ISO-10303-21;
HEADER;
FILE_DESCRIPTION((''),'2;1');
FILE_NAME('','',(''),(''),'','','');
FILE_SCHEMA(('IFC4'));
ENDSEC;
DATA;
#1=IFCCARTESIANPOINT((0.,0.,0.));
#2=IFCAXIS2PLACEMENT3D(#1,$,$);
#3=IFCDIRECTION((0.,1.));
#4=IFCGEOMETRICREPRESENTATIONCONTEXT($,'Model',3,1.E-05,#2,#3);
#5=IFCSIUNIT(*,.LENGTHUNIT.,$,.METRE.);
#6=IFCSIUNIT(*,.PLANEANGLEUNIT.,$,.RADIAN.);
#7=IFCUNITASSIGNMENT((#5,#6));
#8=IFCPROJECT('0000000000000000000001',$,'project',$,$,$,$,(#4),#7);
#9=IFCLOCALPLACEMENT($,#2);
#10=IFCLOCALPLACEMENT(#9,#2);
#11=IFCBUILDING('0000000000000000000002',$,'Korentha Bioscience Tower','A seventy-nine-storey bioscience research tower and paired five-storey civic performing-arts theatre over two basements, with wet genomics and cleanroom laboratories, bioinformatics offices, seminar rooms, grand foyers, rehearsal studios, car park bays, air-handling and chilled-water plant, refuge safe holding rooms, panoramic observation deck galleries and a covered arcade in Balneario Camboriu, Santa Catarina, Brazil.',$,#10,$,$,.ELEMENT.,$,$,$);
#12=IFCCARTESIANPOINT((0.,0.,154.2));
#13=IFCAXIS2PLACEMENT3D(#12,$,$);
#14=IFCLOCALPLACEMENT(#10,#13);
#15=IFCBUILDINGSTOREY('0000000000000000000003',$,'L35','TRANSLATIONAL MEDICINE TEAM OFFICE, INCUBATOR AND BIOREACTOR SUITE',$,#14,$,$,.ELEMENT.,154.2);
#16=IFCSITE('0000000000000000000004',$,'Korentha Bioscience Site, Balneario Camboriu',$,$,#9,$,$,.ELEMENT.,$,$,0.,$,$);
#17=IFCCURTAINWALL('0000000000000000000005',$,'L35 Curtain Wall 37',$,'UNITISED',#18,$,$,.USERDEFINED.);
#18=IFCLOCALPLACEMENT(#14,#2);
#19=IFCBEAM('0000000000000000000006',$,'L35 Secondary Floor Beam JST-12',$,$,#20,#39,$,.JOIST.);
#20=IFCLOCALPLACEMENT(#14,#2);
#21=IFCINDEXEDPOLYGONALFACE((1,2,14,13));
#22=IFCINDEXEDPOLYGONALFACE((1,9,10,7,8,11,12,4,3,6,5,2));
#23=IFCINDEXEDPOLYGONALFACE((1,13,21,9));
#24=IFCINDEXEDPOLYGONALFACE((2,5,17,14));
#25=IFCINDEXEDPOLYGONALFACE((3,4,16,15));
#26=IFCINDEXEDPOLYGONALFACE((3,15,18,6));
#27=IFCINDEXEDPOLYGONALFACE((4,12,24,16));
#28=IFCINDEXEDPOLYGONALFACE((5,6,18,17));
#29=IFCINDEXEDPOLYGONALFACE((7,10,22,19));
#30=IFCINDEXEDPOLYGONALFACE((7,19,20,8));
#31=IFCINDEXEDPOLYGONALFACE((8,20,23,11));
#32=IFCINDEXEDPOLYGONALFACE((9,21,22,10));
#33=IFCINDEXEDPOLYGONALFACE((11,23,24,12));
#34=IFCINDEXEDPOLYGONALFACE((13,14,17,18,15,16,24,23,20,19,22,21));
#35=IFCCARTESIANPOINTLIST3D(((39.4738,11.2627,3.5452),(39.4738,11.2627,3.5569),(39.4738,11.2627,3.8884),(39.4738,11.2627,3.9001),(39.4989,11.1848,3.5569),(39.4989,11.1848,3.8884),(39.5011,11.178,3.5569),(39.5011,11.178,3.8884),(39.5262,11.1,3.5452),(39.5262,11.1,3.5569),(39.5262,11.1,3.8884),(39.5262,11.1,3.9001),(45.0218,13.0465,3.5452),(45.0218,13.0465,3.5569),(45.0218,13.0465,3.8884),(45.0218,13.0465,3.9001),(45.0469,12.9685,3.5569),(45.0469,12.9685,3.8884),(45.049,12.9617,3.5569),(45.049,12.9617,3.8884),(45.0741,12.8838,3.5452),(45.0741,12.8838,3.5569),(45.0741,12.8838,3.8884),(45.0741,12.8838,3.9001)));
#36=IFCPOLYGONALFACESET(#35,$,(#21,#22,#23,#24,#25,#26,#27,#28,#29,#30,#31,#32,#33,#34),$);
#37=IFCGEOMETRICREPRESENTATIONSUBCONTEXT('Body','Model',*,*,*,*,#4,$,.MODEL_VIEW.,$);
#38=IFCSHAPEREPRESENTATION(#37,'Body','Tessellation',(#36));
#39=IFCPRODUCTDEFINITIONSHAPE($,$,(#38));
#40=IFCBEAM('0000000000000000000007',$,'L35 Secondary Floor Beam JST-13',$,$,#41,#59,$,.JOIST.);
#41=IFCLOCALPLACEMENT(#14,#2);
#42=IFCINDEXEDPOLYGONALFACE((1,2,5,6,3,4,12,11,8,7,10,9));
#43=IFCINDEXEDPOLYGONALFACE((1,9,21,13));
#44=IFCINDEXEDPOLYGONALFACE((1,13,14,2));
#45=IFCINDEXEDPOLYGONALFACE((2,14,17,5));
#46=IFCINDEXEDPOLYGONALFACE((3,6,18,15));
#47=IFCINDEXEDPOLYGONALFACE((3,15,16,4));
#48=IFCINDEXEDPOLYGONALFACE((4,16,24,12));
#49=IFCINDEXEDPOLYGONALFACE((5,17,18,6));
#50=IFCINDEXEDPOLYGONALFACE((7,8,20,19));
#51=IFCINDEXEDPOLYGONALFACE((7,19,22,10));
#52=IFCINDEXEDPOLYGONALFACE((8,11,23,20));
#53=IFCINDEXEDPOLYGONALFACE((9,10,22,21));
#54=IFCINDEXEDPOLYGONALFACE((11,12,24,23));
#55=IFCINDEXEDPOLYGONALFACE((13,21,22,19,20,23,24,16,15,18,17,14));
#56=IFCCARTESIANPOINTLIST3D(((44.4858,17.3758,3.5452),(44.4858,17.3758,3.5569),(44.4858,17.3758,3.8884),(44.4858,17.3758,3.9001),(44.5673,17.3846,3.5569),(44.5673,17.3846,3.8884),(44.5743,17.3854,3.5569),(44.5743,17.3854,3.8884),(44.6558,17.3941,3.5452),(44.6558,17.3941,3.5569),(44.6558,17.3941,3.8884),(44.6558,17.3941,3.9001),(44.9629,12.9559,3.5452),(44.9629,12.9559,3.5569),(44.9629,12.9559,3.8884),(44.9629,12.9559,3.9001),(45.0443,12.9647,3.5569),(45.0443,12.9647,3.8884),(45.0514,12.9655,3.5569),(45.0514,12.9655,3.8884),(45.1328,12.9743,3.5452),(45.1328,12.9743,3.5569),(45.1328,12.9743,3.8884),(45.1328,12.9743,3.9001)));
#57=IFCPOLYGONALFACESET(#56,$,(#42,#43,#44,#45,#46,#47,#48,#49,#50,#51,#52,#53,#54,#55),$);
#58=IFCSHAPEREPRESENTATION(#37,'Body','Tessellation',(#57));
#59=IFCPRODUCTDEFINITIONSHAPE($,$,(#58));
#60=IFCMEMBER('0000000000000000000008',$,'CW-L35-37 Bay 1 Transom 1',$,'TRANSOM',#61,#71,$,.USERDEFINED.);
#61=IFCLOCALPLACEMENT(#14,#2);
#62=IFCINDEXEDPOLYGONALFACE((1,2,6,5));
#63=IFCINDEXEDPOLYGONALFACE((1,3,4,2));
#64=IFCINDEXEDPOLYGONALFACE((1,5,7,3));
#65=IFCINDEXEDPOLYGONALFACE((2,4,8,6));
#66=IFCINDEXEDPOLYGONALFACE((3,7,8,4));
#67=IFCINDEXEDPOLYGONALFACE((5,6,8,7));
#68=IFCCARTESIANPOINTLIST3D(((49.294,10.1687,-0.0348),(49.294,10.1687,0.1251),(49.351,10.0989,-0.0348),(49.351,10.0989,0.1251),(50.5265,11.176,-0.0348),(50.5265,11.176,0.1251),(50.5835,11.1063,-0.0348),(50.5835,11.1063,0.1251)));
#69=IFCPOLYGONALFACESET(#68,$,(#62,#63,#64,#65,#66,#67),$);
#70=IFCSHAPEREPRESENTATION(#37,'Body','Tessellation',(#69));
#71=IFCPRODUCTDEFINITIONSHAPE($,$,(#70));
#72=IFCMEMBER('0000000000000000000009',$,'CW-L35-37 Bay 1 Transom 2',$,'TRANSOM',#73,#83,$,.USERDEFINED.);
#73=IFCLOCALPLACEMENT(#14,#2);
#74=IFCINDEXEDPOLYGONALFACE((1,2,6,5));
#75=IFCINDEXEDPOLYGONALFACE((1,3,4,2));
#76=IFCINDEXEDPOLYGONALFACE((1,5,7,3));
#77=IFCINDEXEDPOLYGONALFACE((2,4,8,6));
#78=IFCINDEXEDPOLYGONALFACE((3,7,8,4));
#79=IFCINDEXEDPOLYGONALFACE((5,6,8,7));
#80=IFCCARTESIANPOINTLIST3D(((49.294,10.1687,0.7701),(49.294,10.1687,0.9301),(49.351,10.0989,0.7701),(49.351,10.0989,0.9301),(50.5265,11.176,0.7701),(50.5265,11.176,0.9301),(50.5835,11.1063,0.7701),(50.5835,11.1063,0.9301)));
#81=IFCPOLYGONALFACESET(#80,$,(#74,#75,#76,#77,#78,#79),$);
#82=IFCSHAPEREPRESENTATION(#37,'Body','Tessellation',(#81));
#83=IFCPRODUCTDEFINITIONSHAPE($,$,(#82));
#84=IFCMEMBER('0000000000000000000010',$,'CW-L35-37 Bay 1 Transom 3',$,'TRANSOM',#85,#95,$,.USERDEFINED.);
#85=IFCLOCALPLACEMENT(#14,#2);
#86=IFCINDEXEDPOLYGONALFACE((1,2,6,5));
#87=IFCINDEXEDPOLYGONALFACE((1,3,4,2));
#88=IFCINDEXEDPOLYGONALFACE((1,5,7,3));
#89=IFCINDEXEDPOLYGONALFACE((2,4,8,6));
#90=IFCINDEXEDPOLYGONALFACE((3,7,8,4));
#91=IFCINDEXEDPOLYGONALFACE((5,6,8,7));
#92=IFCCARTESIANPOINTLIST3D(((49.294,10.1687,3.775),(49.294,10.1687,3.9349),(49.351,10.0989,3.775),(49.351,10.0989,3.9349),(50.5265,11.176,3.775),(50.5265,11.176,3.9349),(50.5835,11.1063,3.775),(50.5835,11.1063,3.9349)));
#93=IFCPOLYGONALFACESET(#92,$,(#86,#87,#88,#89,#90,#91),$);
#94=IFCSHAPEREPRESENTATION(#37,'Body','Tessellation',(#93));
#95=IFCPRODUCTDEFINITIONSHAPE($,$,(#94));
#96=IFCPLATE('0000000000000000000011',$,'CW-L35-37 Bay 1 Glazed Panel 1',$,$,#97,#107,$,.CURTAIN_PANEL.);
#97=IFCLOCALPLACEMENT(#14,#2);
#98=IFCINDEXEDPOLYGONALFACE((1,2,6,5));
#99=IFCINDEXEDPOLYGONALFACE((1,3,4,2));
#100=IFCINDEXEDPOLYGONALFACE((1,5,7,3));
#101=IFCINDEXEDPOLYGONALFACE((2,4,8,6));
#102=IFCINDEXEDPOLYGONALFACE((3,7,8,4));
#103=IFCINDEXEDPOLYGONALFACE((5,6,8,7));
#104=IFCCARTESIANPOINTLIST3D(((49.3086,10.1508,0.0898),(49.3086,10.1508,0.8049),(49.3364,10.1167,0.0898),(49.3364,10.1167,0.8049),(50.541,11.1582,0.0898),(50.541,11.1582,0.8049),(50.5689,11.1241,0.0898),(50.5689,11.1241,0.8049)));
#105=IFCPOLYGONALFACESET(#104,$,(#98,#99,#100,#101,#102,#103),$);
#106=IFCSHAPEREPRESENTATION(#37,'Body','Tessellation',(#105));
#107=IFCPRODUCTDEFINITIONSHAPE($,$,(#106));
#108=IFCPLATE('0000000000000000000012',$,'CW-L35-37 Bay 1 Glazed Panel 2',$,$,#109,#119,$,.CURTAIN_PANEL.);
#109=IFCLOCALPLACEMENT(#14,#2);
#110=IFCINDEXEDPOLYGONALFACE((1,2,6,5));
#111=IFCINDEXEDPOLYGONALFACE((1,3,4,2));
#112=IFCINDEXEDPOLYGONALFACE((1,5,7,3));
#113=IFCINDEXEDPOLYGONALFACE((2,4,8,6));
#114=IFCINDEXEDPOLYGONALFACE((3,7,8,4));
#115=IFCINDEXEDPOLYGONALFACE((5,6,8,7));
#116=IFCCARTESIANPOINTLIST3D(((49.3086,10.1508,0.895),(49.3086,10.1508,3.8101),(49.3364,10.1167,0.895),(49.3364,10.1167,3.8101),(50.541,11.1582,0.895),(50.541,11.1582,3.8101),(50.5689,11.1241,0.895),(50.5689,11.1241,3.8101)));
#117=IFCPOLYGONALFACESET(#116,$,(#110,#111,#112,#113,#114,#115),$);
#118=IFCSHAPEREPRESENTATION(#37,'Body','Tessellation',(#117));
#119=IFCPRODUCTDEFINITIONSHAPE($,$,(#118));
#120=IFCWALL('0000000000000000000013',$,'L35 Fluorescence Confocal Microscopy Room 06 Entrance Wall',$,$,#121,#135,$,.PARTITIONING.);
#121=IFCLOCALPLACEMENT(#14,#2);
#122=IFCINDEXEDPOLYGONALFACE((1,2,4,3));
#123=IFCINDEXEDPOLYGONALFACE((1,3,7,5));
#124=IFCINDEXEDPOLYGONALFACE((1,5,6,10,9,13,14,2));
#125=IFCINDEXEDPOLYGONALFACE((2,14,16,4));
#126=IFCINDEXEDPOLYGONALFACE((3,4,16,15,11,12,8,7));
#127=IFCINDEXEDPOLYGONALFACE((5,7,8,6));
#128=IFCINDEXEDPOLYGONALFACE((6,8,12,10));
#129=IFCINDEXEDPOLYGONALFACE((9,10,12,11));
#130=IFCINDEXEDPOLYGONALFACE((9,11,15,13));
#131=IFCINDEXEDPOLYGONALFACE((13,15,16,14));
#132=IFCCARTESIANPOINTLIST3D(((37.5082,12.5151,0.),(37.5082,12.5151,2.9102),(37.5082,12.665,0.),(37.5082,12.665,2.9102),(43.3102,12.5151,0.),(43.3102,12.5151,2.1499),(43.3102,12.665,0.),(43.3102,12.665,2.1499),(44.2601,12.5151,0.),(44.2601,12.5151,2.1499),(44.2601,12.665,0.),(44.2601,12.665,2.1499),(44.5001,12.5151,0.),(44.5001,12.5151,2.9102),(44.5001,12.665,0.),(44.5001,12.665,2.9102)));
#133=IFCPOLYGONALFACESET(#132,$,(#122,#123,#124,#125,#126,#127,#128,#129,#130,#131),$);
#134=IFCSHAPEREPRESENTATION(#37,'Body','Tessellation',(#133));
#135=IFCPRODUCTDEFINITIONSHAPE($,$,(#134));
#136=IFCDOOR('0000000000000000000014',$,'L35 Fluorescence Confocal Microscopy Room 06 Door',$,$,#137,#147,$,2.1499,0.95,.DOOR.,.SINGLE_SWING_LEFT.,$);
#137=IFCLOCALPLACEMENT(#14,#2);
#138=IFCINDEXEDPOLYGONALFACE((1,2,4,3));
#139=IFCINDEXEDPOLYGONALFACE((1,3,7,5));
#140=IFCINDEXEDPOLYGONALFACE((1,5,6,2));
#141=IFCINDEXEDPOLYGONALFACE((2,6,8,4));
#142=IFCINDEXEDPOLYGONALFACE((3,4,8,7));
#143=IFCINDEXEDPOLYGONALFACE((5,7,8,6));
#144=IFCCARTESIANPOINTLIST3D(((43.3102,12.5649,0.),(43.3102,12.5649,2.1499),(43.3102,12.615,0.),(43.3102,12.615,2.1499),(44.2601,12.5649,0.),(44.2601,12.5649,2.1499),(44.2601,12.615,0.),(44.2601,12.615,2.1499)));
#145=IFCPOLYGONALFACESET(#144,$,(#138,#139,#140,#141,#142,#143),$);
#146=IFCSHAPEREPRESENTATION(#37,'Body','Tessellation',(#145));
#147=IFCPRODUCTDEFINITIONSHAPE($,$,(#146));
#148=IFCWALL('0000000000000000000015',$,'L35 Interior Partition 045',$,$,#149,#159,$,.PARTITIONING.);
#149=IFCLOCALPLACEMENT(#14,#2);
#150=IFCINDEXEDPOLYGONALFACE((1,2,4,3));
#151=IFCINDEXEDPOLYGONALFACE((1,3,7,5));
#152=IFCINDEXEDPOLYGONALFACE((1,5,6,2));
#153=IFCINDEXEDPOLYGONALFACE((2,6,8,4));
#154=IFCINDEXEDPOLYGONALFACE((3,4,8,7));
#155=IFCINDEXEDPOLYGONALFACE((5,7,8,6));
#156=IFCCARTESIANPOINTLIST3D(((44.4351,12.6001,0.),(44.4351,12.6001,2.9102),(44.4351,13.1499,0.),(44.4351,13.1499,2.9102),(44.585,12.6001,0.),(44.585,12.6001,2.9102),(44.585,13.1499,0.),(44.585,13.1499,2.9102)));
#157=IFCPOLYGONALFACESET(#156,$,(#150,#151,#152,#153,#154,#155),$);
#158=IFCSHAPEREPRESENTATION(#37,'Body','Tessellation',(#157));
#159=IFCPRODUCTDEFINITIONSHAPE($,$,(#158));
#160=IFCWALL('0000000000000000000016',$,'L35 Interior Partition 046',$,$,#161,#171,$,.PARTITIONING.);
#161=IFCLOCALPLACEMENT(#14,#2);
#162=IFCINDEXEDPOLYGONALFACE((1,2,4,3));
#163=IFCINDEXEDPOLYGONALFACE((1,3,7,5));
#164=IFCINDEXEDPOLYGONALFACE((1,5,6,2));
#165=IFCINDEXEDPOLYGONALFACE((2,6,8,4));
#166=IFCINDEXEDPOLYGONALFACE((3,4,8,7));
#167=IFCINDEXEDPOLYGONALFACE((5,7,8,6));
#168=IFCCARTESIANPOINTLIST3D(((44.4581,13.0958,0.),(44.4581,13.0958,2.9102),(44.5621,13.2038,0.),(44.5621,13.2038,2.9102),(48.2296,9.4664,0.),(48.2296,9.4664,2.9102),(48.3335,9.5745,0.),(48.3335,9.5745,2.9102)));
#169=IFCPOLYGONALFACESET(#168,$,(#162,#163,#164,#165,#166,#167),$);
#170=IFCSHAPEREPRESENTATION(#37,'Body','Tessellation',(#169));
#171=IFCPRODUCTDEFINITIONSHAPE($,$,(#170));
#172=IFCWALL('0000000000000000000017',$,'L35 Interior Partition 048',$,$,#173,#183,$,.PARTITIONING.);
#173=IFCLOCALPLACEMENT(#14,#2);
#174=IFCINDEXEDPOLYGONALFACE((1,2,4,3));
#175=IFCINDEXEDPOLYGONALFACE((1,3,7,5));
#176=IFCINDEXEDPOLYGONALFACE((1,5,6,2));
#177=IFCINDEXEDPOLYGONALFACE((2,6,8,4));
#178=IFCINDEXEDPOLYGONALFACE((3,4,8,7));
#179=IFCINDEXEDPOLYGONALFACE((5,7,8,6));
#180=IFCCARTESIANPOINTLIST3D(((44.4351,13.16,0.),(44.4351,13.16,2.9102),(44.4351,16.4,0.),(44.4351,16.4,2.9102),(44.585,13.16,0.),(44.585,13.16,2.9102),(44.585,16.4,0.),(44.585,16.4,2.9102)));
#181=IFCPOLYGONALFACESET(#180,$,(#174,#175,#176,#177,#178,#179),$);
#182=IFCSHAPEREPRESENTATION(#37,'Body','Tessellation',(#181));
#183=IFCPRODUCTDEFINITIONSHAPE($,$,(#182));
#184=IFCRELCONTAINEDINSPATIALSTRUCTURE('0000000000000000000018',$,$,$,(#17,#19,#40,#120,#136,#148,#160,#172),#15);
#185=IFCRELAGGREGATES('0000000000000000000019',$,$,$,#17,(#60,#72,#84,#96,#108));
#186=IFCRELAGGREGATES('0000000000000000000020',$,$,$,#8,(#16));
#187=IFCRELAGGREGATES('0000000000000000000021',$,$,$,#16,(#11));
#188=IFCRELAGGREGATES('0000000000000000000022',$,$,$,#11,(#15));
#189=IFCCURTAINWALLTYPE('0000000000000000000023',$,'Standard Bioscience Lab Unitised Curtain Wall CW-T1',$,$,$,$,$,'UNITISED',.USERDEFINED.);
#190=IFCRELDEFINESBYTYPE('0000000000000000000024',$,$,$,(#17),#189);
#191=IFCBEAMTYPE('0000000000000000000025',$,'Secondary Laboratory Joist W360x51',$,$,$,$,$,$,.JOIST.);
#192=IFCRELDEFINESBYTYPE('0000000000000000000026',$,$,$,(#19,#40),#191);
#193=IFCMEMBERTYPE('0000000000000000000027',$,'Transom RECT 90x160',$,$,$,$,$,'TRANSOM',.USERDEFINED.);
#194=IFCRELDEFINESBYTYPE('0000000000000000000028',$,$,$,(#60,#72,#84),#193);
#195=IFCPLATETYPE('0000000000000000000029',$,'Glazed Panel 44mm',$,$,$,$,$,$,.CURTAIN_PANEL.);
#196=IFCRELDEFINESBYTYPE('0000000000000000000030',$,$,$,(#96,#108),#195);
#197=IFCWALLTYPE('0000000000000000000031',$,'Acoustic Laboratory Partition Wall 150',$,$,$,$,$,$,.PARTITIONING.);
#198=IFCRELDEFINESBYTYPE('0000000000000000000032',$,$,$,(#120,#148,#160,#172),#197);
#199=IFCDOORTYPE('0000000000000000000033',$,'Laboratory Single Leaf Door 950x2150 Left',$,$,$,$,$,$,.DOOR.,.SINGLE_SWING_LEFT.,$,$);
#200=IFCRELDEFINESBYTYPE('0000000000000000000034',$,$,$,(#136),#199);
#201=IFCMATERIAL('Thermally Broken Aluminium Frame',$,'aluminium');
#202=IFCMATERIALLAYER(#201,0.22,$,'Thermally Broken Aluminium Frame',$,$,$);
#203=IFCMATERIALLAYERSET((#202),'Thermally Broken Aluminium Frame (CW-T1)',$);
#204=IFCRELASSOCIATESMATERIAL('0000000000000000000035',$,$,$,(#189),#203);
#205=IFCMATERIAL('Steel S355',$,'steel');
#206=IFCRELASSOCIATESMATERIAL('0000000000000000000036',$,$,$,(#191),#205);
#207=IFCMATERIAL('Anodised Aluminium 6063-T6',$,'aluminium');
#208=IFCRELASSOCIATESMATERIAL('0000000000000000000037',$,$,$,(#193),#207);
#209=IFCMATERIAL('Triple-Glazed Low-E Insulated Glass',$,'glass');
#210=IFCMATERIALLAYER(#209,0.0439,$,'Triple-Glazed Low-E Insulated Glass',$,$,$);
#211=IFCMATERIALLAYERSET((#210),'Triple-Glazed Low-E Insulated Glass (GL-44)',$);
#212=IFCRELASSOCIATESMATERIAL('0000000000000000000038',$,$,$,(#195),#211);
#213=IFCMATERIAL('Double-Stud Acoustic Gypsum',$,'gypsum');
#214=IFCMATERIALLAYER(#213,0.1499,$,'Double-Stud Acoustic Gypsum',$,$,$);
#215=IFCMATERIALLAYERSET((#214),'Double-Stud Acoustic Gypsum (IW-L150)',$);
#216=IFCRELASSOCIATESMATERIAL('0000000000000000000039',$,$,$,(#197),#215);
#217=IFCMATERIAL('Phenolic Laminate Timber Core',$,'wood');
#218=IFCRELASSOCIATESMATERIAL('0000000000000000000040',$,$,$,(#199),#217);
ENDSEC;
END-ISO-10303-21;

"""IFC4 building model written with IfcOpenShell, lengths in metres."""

from ifc_helpers import new_model, si_unit, direction, frame, frame_2d, origin, origin_2d, place, context, subcontext, project, spatial, rectangle, i_section, extrude, material, layer, layer_set, material_profile, profile_set, type_object, element, fill, aggregate, save


model = new_model("IFC4")

# Units and contexts
model_context = context("Model", 3, precision=1e-05, world=origin(), true_north=direction((0.0, 1.0)))
body_context = subcontext(model_context, "Body", "Model", "MODEL_VIEW")
ifc_project = project(units=[si_unit("LENGTHUNIT", "METRE"), si_unit("PLANEANGLEUNIT", "RADIAN")], contexts=[model_context])

# Site, building, storey
site_placement = place(None, origin())
site = spatial("IfcSite", under=ifc_project, at=site_placement, Name="Korentha Bioscience Site, Balneario Camboriu", CompositionType="ELEMENT", RefElevation=0.0)
building_placement = place(site_placement, origin())
building = spatial("IfcBuilding", under=site, at=building_placement, Name="Korentha Bioscience Tower", Description="A seventy-nine-storey bioscience research tower and paired five-storey civic performing-arts theatre over two basements, with wet genomics and cleanroom laboratories, bioinformatics offices, seminar rooms, grand foyers, rehearsal studios, car park bays, air-handling and chilled-water plant, refuge safe holding rooms, panoramic observation deck galleries and a covered arcade in Balneario Camboriu, Santa Catarina, Brazil.", CompositionType="ELEMENT")
storey_placement = place(building_placement, frame((0.0, 0.0, 154.2)))
storey = spatial("IfcBuildingStorey", under=building, at=storey_placement, Name="L35", Description="TRANSLATIONAL MEDICINE TEAM OFFICE, INCUBATOR AND BIOREACTOR SUITE", CompositionType="ELEMENT", Elevation=154.2)

# Curtain wall
ifc_material_1 = material(Name="Thermally Broken Aluminium Frame", Category="aluminium")
ifc_layer_1 = layer(ifc_material_1, 0.22, Name="Thermally Broken Aluminium Frame")
ifc_layer_set_1 = layer_set([ifc_layer_1], Name="Thermally Broken Aluminium Frame (CW-T1)")
curtain_wall_type = type_object("IfcCurtainWallType", Name="Standard Bioscience Lab Unitised Curtain Wall CW-T1", ElementType="UNITISED", PredefinedType="USERDEFINED", material=ifc_layer_set_1)
curtain_wall_placement = place(storey_placement, origin())
curtain_wall = element("IfcCurtainWall", 1, at=curtain_wall_placement, inside=storey, type_object=curtain_wall_type, Name="L35 Curtain Wall 37", ObjectType="UNITISED", PredefinedType="USERDEFINED")
ifc_material_2 = material(Name="Anodised Aluminium 6063-T6", Category="aluminium")

# Beams
ifc_material_3 = material(Name="Steel S355", Category="steel")
ifc_material_profile_1 = material_profile(ifc_material_3, i_section(OverallWidth=0.1709, OverallDepth=0.355, WebThickness=0.0071, FlangeThickness=0.0117, at=origin_2d()), Name="Steel S355")
ifc_profile_set_1 = profile_set([ifc_material_profile_1], Name="Steel S355 (JB-360)")
beam_type_1 = type_object("IfcBeamType", Name="Secondary Laboratory Joist W360x51", PredefinedType="JOIST", material=ifc_profile_set_1)
beam_1_placement = place(storey_placement, frame((39.5, 11.1814, 3.7227), z_axis=(0.952006, 0.30608, 0.0), x_axis=(-0.30608, 0.952006, 0.0)))
element("IfcBeam", 2, at=beam_1_placement, inside=storey, type_object=beam_type_1, Name="L35 Secondary Floor Beam JST-12", PredefinedType="JOIST", context=body_context, shape_type="SweptSolid", body=[
    extrude(i_section(OverallWidth=0.1709, OverallDepth=0.355, WebThickness=0.0071, FlangeThickness=0.0117, at=origin_2d()), origin(), (0.0, 0.0, 1.0), 5.8276),
])
beam_2_placement = place(storey_placement, frame((45.0479, 12.9651, 3.7227), z_axis=(-0.107309, 0.994226, 0.0), x_axis=(-0.994226, -0.107309, 0.0)))
element("IfcBeam", 3, at=beam_2_placement, inside=storey, type_object=beam_type_1, Name="L35 Secondary Floor Beam JST-13", PredefinedType="JOIST", context=body_context, shape_type="SweptSolid", body=[
    extrude(i_section(OverallWidth=0.1709, OverallDepth=0.355, WebThickness=0.0071, FlangeThickness=0.0117, at=origin_2d()), origin(), (0.0, 0.0, 1.0), 4.4456),
])

# Members
ifc_material_profile_2 = material_profile(ifc_material_2, rectangle(XDim=0.0901, YDim=0.1599, at=origin_2d()), Name="Anodised Aluminium 6063-T6")
ifc_profile_set_2 = profile_set([ifc_material_profile_2], Name="Anodised Aluminium 6063-T6 (CW-TRN)")
member_type_1 = type_object("IfcMemberType", Name="Transom RECT 90x160", ElementType="TRANSOM", PredefinedType="USERDEFINED", material=ifc_profile_set_2)
member_1_placement = place(storey_placement, frame((49.3225, 10.1338, 0.0452), z_axis=(0.774272, 0.632853, 0.0), x_axis=(-0.632853, 0.774272, 0.0)))
member_1 = element("IfcMember", 4, at=member_1_placement, type_object=member_type_1, Name="CW-L35-37 Bay 1 Transom 1", ObjectType="TRANSOM", PredefinedType="USERDEFINED", context=body_context, shape_type="SweptSolid", body=[
    extrude(rectangle(XDim=0.0901, YDim=0.1599, at=origin_2d()), origin(), (0.0, 0.0, 1.0), 1.5918),
])
member_2_placement = place(storey_placement, frame((49.3225, 10.1338, 0.8501), z_axis=(0.774272, 0.632853, 0.0), x_axis=(-0.632853, 0.774272, 0.0)))
member_2 = element("IfcMember", 5, at=member_2_placement, type_object=member_type_1, Name="CW-L35-37 Bay 1 Transom 2", ObjectType="TRANSOM", PredefinedType="USERDEFINED", context=body_context, shape_type="SweptSolid", body=[
    extrude(rectangle(XDim=0.0901, YDim=0.1599, at=origin_2d()), origin(), (0.0, 0.0, 1.0), 1.5918),
])
member_3_placement = place(storey_placement, frame((49.3225, 10.1338, 3.855), z_axis=(0.774272, 0.632853, 0.0), x_axis=(-0.632853, 0.774272, 0.0)))
member_3 = element("IfcMember", 6, at=member_3_placement, type_object=member_type_1, Name="CW-L35-37 Bay 1 Transom 3", ObjectType="TRANSOM", PredefinedType="USERDEFINED", context=body_context, shape_type="SweptSolid", body=[
    extrude(rectangle(XDim=0.0901, YDim=0.1599, at=origin_2d()), origin(), (0.0, 0.0, 1.0), 1.5918),
])

# Plates
ifc_material_4 = material(Name="Triple-Glazed Low-E Insulated Glass", Category="glass")
ifc_layer_2 = layer(ifc_material_4, 0.0439, Name="Triple-Glazed Low-E Insulated Glass")
ifc_layer_set_2 = layer_set([ifc_layer_2], Name="Triple-Glazed Low-E Insulated Glass (GL-44)")
plate_type = type_object("IfcPlateType", Name="Glazed Panel 44mm", PredefinedType="CURTAIN_PANEL", material=ifc_layer_set_2)
plate_1_placement = place(storey_placement, frame((49.9387, 10.6375, 0.0898), z_axis=(0.0, 0.0, 1.0), x_axis=(0.774256, 0.632872, 0.0)))
plate_1 = element("IfcPlate", 7, at=plate_1_placement, type_object=plate_type, Name="CW-L35-37 Bay 1 Glazed Panel 1", PredefinedType="CURTAIN_PANEL", context=body_context, shape_type="SweptSolid", body=[
    extrude(rectangle(XDim=1.5918, YDim=0.0439, at=origin_2d()), origin(), (0.0, 0.0, 1.0), 0.7151),
])
plate_2_placement = place(storey_placement, frame((49.9387, 10.6375, 0.895), z_axis=(0.0, 0.0, 1.0), x_axis=(0.774256, 0.632872, 0.0)))
plate_2 = element("IfcPlate", 8, at=plate_2_placement, type_object=plate_type, Name="CW-L35-37 Bay 1 Glazed Panel 2", PredefinedType="CURTAIN_PANEL", context=body_context, shape_type="SweptSolid", body=[
    extrude(rectangle(XDim=1.5918, YDim=0.0439, at=origin_2d()), origin(), (0.0, 0.0, 1.0), 2.915),
])
aggregate(curtain_wall, [member_1, member_2, member_3, plate_1, plate_2])

# Wall, opening, door
ifc_material_5 = material(Name="Double-Stud Acoustic Gypsum", Category="gypsum")
ifc_layer_3 = layer(ifc_material_5, 0.1499, Name="Double-Stud Acoustic Gypsum")
ifc_layer_set_3 = layer_set([ifc_layer_3], Name="Double-Stud Acoustic Gypsum (IW-L150)")
wall_type_1 = type_object("IfcWallType", Name="Acoustic Laboratory Partition Wall 150", PredefinedType="PARTITIONING", material=ifc_layer_set_3)
wall_1_placement = place(storey_placement, frame((37.5081, 12.5901, 0.0), z_axis=(0.0, 0.0, 1.0), x_axis=(1.0, 0.0, 0.0)))
wall_1 = element("IfcWall", 9, at=wall_1_placement, inside=storey, type_object=wall_type_1, Name="L35 Fluorescence Confocal Microscopy Room 06 Entrance Wall", PredefinedType="PARTITIONING", context=body_context, shape_type="SweptSolid", body=[
    extrude(rectangle(XDim=6.9919, YDim=0.1499, at=frame_2d((3.4961, 0.0))), origin(), (0.0, 0.0, 1.0), 2.9102),
])
opening_placement = place(wall_1_placement, frame((5.802, 0.0, 0.0)))
opening = element("IfcOpeningElement", 10, at=opening_placement, cuts=wall_1, PredefinedType="OPENING", context=body_context, shape_type="SweptSolid", body=[
    extrude(rectangle(XDim=0.95, YDim=2.1499, at=frame_2d((0.4751, 1.075))), frame((0.0, 0.0898, 0.0), z_axis=(0.0, -1.0, 0.0), x_axis=(1.0, 0.0, 0.0)), (0.0, 0.0, 1.0), 0.1797),
])
ifc_material_6 = material(Name="Phenolic Laminate Timber Core", Category="wood")
door_type = type_object("IfcDoorType", Name="Laboratory Single Leaf Door 950x2150 Left", OperationType="SINGLE_SWING_LEFT", PredefinedType="DOOR", material=ifc_material_6)
door_placement = place(opening_placement, origin())
door = element("IfcDoor", 11, at=door_placement, inside=storey, type_object=door_type, Name="L35 Fluorescence Confocal Microscopy Room 06 Door", OperationType="SINGLE_SWING_LEFT", OverallHeight=2.1499, OverallWidth=0.95, PredefinedType="DOOR", context=body_context, shape_type="SweptSolid", body=[
    extrude(rectangle(XDim=0.95, YDim=2.1499, at=frame_2d((0.4751, 1.075))), frame((0.0, 0.0249, 0.0), z_axis=(0.0, -1.0, 0.0), x_axis=(1.0, 0.0, 0.0)), (0.0, 0.0, 1.0), 0.05),
])
fill(opening, door)

# Walls
wall_2_placement = place(storey_placement, frame((44.51, 12.6001, 0.0), z_axis=(0.0, 0.0, 1.0), x_axis=(0.0, 1.0, 0.0)))
element("IfcWall", 12, at=wall_2_placement, inside=storey, type_object=wall_type_1, Name="L35 Interior Partition 045", PredefinedType="PARTITIONING", context=body_context, shape_type="SweptSolid", body=[
    extrude(rectangle(XDim=0.5498, YDim=0.1499, at=frame_2d((0.2749, 0.0))), origin(), (0.0, 0.0, 1.0), 2.9102),
])
wall_3_placement = place(storey_placement, frame((44.51, 13.1499, 0.0), z_axis=(0.0, 0.0, 1.0), x_axis=(0.72055, -0.693403, 0.0)))
element("IfcWall", 13, at=wall_3_placement, inside=storey, type_object=wall_type_1, Name="L35 Interior Partition 046", PredefinedType="PARTITIONING", context=body_context, shape_type="SweptSolid", body=[
    extrude(rectangle(XDim=5.2341, YDim=0.1499, at=frame_2d((2.6172, 0.0))), origin(), (0.0, 0.0, 1.0), 2.9102),
])
wall_4_placement = place(storey_placement, frame((44.51, 13.1599, 0.0), z_axis=(0.0, 0.0, 1.0), x_axis=(0.0, 1.0, 0.0)))
element("IfcWall", 14, at=wall_4_placement, inside=storey, type_object=wall_type_1, Name="L35 Interior Partition 048", PredefinedType="PARTITIONING", context=body_context, shape_type="SweptSolid", body=[
    extrude(rectangle(XDim=3.24, YDim=0.1499, at=frame_2d((1.6201, 0.0))), origin(), (0.0, 0.0, 1.0), 2.9102),
])

save(model, "model.ifc")
